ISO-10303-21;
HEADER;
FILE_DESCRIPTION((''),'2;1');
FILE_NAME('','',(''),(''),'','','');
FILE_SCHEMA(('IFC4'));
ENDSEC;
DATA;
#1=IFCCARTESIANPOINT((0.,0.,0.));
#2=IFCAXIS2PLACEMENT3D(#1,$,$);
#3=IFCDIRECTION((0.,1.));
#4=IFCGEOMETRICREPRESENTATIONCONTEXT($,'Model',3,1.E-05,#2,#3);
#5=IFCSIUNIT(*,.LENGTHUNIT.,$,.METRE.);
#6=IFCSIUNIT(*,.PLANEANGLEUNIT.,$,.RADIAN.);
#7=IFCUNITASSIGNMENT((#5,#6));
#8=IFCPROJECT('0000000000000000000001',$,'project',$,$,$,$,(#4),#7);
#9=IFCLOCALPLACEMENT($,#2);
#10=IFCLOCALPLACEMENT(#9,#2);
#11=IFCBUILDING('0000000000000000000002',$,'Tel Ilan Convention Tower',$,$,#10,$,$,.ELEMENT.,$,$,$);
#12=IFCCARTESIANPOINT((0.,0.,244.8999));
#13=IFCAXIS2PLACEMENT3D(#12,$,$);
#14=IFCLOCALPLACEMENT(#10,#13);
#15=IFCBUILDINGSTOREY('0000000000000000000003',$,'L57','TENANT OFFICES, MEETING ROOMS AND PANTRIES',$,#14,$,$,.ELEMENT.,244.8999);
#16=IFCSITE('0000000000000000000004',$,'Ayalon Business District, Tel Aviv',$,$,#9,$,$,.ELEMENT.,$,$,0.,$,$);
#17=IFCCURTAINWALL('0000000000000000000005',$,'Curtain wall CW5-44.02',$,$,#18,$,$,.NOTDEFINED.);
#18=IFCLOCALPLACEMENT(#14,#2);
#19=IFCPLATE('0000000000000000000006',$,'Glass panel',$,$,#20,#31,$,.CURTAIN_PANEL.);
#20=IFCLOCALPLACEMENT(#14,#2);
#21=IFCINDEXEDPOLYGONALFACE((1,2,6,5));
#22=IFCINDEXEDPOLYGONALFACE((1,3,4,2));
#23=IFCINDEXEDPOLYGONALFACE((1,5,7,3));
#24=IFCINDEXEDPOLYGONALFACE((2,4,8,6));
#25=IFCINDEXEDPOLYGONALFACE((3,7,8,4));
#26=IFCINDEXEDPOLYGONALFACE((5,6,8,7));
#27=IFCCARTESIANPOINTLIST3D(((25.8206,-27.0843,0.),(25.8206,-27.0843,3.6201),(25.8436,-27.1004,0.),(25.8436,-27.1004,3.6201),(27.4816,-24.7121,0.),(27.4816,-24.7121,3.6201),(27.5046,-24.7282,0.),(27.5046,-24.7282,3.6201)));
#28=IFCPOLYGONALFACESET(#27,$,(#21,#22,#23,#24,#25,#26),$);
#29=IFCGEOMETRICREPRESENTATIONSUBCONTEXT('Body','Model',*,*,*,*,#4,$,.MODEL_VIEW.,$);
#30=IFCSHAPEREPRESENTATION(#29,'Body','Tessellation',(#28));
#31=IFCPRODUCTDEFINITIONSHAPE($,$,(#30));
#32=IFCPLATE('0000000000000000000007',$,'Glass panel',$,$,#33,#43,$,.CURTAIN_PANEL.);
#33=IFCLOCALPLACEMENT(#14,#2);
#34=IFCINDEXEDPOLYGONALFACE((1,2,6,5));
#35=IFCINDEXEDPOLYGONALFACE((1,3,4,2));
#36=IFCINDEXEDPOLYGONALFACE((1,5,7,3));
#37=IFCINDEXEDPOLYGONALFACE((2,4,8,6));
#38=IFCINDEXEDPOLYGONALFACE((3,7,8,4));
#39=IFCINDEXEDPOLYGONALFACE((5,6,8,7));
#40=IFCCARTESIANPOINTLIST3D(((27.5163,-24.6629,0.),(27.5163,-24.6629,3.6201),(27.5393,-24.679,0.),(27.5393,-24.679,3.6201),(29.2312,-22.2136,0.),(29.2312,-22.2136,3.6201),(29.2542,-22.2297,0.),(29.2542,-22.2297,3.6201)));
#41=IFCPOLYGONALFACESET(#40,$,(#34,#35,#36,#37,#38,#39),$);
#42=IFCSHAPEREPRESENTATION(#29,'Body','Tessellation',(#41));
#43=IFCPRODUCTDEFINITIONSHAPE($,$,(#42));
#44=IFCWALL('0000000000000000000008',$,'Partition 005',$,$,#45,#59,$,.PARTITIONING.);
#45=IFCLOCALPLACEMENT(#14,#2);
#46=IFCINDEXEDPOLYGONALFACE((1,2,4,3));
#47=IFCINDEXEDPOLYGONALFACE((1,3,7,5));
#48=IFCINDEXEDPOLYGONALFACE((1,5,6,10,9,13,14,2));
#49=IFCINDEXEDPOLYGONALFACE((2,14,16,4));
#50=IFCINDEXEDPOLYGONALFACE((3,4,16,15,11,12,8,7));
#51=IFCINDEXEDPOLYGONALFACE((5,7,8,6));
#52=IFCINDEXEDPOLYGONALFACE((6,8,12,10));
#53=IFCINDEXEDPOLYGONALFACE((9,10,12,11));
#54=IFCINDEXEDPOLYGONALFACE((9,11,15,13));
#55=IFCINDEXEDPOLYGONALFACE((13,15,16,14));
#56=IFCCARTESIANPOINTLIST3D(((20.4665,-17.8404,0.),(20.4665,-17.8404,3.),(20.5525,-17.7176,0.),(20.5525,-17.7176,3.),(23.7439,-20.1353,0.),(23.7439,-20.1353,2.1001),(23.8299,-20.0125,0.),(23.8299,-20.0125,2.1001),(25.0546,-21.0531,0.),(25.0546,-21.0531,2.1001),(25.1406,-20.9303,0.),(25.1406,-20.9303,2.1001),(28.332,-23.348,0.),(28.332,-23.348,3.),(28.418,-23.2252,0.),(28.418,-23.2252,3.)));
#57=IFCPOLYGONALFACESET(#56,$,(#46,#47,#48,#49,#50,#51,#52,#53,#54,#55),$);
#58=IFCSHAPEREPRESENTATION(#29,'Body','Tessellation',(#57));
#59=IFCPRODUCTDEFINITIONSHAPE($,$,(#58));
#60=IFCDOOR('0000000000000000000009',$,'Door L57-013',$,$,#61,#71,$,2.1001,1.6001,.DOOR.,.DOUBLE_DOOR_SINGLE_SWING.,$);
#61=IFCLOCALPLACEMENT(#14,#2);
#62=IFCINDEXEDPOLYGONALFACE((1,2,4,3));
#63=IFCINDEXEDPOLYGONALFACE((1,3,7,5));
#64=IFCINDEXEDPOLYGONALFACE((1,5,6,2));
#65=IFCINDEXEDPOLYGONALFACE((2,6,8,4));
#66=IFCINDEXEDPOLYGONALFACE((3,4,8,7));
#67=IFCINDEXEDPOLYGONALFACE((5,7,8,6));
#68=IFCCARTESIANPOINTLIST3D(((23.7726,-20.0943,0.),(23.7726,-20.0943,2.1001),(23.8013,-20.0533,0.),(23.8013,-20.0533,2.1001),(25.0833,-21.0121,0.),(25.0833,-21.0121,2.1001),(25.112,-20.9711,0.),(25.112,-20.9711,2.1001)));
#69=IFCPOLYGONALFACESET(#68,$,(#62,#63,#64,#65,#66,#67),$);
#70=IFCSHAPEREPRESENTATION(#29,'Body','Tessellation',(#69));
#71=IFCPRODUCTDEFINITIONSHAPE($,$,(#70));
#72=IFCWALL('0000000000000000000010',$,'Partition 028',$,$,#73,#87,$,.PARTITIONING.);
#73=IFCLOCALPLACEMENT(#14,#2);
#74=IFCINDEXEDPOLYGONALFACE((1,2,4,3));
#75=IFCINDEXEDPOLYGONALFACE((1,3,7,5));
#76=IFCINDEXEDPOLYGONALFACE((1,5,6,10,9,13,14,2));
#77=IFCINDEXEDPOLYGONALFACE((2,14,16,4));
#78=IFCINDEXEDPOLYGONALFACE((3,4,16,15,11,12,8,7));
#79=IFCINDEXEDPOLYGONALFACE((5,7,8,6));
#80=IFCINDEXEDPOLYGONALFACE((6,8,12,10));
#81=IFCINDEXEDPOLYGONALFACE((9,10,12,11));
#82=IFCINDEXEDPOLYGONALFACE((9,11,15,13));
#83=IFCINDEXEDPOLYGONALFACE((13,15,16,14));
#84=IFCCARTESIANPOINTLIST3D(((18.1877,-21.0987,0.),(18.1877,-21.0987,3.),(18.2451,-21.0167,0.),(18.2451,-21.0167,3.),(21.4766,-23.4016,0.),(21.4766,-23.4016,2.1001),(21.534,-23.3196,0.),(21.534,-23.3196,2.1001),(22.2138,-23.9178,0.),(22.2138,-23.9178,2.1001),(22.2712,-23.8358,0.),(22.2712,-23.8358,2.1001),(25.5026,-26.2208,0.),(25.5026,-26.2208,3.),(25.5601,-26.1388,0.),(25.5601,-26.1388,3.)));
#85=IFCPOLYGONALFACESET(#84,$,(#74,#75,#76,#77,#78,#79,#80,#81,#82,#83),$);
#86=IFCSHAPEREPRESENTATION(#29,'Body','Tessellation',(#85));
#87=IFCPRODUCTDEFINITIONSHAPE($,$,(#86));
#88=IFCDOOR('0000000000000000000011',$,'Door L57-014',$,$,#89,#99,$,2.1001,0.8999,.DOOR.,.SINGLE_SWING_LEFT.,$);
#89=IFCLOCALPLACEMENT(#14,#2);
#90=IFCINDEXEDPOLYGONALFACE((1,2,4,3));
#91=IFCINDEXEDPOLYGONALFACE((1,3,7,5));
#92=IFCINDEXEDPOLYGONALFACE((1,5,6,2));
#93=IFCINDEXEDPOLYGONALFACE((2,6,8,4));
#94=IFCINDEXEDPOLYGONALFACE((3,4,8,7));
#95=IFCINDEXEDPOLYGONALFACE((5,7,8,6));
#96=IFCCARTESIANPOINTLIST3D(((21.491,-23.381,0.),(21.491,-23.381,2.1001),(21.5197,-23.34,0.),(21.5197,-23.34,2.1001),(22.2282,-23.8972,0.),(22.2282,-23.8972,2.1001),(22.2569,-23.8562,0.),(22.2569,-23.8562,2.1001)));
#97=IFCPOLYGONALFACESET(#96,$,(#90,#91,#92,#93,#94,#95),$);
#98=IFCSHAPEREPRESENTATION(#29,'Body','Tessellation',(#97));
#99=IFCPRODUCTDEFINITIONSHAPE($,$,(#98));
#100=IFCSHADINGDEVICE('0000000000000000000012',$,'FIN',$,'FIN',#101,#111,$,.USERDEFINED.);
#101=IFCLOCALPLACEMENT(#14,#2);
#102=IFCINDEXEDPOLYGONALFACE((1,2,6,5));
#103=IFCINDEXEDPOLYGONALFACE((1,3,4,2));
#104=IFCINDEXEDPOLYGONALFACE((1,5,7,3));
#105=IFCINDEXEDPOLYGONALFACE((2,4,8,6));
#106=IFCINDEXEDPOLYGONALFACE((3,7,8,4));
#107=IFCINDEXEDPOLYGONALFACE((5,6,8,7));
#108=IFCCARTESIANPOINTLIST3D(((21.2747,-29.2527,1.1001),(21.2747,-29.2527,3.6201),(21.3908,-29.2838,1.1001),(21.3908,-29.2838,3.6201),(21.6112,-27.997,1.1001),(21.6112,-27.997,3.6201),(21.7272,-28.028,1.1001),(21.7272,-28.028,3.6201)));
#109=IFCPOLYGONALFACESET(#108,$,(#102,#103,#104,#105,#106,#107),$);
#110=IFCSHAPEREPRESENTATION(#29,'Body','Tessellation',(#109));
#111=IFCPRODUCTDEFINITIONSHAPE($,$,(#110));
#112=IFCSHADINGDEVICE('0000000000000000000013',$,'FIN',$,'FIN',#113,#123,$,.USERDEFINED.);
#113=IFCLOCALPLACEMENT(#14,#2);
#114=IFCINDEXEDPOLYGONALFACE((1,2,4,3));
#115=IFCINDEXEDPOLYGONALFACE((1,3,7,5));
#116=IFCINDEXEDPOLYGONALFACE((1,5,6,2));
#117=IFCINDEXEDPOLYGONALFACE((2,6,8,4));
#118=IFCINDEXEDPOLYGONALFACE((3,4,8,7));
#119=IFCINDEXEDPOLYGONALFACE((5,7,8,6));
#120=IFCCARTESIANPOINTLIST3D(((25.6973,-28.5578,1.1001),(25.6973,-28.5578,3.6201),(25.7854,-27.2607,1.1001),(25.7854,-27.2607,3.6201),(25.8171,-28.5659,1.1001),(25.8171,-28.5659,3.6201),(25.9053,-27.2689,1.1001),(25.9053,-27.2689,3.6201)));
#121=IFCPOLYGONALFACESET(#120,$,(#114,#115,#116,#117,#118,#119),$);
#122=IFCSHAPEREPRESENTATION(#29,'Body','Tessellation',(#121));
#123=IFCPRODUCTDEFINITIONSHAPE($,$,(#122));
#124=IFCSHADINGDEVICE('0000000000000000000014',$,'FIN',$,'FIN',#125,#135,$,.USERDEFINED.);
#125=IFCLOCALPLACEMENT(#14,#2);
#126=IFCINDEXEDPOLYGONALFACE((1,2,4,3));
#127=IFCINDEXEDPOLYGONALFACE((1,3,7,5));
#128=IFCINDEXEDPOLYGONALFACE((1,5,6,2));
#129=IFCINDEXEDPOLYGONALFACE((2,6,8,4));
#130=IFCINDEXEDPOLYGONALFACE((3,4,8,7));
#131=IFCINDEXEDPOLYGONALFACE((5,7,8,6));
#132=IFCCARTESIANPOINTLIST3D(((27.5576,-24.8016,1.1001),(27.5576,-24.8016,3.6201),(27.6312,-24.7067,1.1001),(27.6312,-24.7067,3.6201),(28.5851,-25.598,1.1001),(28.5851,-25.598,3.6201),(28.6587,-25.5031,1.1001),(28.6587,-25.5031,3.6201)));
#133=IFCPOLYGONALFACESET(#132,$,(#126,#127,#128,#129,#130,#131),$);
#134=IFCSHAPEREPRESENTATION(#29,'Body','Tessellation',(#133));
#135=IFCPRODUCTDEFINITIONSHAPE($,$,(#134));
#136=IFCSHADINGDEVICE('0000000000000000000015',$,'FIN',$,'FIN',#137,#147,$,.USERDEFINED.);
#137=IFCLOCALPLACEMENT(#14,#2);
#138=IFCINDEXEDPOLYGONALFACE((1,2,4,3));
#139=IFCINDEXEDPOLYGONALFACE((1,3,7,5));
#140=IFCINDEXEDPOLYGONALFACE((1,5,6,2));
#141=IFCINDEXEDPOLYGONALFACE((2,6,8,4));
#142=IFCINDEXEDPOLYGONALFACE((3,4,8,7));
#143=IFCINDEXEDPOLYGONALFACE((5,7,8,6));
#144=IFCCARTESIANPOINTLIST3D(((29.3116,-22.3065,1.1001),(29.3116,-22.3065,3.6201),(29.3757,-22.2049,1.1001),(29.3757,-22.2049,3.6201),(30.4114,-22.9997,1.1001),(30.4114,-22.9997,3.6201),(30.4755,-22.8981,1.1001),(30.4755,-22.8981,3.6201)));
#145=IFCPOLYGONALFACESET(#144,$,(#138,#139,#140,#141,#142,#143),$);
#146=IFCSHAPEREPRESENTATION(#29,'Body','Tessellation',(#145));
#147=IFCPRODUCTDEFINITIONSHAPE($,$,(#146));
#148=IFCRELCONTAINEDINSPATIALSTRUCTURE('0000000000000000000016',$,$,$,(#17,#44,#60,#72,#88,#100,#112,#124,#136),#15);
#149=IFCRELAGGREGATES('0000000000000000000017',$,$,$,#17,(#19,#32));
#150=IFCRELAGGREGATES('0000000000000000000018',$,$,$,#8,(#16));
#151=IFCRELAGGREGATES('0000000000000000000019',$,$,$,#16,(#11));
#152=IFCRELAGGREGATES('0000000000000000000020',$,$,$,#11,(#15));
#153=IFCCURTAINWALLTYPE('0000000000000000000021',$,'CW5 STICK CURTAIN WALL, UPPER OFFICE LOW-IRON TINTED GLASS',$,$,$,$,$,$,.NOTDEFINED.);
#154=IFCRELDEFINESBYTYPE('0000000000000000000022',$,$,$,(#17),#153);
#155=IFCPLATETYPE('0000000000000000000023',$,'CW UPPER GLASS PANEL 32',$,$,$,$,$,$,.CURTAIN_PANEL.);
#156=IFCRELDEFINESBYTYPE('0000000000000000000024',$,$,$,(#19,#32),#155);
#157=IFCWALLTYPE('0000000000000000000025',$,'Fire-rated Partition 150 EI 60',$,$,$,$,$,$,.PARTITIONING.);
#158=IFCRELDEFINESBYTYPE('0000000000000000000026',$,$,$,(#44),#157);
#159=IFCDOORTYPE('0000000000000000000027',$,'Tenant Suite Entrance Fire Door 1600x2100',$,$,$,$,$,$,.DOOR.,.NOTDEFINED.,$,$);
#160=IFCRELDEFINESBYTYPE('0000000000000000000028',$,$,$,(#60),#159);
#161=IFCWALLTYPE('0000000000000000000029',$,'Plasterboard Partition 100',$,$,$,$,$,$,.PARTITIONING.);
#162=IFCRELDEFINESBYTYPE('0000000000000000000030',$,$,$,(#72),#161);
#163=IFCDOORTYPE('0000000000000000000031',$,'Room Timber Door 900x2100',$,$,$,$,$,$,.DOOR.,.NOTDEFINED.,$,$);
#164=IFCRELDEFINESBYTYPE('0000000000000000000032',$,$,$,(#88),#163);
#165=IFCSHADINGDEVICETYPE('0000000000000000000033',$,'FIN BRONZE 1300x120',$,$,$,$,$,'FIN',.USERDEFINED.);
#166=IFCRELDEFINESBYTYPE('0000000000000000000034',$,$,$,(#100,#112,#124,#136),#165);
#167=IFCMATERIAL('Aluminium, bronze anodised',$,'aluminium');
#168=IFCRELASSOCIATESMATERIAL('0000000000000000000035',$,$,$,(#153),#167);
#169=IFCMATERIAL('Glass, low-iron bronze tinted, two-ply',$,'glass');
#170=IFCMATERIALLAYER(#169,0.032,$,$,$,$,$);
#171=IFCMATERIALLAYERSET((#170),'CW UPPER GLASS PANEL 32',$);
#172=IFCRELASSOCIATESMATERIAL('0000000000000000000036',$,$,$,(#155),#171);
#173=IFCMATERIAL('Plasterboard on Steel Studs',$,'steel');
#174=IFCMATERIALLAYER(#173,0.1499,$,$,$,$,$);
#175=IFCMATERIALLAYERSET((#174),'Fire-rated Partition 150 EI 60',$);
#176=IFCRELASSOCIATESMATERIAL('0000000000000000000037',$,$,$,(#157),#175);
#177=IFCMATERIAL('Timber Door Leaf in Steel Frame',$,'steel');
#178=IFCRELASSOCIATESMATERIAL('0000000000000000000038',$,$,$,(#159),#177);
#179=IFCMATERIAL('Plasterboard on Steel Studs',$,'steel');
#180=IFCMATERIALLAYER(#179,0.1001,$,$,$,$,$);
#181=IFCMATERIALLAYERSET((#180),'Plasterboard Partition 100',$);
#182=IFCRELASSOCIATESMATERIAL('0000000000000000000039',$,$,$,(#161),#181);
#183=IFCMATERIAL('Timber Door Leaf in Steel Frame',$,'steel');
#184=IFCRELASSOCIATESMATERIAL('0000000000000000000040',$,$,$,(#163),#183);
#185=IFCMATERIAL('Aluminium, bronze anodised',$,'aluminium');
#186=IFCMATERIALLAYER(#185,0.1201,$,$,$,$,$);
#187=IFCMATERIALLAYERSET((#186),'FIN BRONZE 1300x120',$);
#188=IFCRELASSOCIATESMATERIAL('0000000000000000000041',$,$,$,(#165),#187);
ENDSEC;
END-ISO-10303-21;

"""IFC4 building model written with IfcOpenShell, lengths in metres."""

from ifc_helpers import new_model, si_unit, direction, frame, frame_2d, origin, origin_2d, place, context, subcontext, project, spatial, rectangle, extrude, material, layer, layer_set, type_object, element, fill, aggregate, save


model = new_model("IFC4")

# Units and contexts
model_context = context("Model", 3, precision=1e-05, world=origin(), true_north=direction((0.0, 1.0)))
body_context = subcontext(model_context, "Body", "Model", "MODEL_VIEW")
ifc_project = project(units=[si_unit("LENGTHUNIT", "METRE"), si_unit("PLANEANGLEUNIT", "RADIAN")], contexts=[model_context])

# Site, building, storey
site_placement = place(None, origin())
site = spatial("IfcSite", under=ifc_project, at=site_placement, Name="Ayalon Business District, Tel Aviv", CompositionType="ELEMENT", RefElevation=0.0)
building_placement = place(site_placement, origin())
building = spatial("IfcBuilding", under=site, at=building_placement, Name="Tel Ilan Convention Tower", CompositionType="ELEMENT")
storey_placement = place(building_placement, frame((0.0, 0.0, 244.8999)))
storey = spatial("IfcBuildingStorey", under=building, at=storey_placement, Name="L57", Description="TENANT OFFICES, MEETING ROOMS AND PANTRIES", CompositionType="ELEMENT", Elevation=244.8999)

# Curtain wall, plates
ifc_material_1 = material(Name="Aluminium, bronze anodised", Category="aluminium")
curtain_wall_type = type_object("IfcCurtainWallType", Name="CW5 STICK CURTAIN WALL, UPPER OFFICE LOW-IRON TINTED GLASS", PredefinedType="NOTDEFINED", material=ifc_material_1)
curtain_wall_placement = place(storey_placement, origin())
curtain_wall = element("IfcCurtainWall", 1, at=curtain_wall_placement, inside=storey, type_object=curtain_wall_type, Name="Curtain wall CW5-44.02", PredefinedType="NOTDEFINED")
ifc_material_2 = material(Name="Glass, low-iron bronze tinted, two-ply", Category="glass")
ifc_layer_1 = layer(ifc_material_2, 0.032)
ifc_layer_set_1 = layer_set([ifc_layer_1], Name="CW UPPER GLASS PANEL 32")
plate_type = type_object("IfcPlateType", Name="CW UPPER GLASS PANEL 32", PredefinedType="CURTAIN_PANEL", material=ifc_layer_set_1)
plate_1_placement = place(storey_placement, frame((26.6626, -25.9062, 0.0), z_axis=(0.0, 0.0, 1.0), x_axis=(0.573576, 0.819152, 0.0)))
plate_1 = element("IfcPlate", 2, at=plate_1_placement, type_object=plate_type, Name="Glass panel", PredefinedType="CURTAIN_PANEL", context=body_context, shape_type="SweptSolid", body=[
    extrude(rectangle(XDim=2.896, YDim=0.0281, at=origin_2d()), origin(), (0.0, 0.0, 1.0), 3.6201),
])
plate_2_placement = place(storey_placement, frame((28.3853, -23.4463, 0.0), z_axis=(0.0, 0.0, 1.0), x_axis=(0.573576, 0.819152, 0.0)))
plate_2 = element("IfcPlate", 3, at=plate_2_placement, type_object=plate_type, Name="Glass panel", PredefinedType="CURTAIN_PANEL", context=body_context, shape_type="SweptSolid", body=[
    extrude(rectangle(XDim=2.99, YDim=0.0281, at=origin_2d()), origin(), (0.0, 0.0, 1.0), 3.6201),
])
aggregate(curtain_wall, [plate_1, plate_2])

# Walls, openings, doors
ifc_material_3 = material(Name="Plasterboard on Steel Studs", Category="steel")
ifc_layer_2 = layer(ifc_material_3, 0.1499)
ifc_layer_set_2 = layer_set([ifc_layer_2], Name="Fire-rated Partition 150 EI 60")
wall_type_1 = type_object("IfcWallType", Name="Fire-rated Partition 150 EI 60", PredefinedType="PARTITIONING", material=ifc_layer_set_2)
wall_1_placement = place(storey_placement, frame((28.375, -23.2866, 0.0), z_axis=(0.0, 0.0, 1.0), x_axis=(-0.819147, 0.573583, 0.0)))
wall_1 = element("IfcWall", 4, at=wall_1_placement, inside=storey, type_object=wall_type_1, Name="Partition 005", PredefinedType="PARTITIONING", context=body_context, shape_type="SweptSolid", body=[
    extrude(rectangle(XDim=9.6021, YDim=0.1499, at=frame_2d((4.801, 0.0))), origin(), (0.0, 0.0, 1.0), 3.0),
])
opening_1_placement = place(wall_1_placement, frame((4.001, 0.0, 0.0)))
opening_1 = element("IfcOpeningElement", 5, at=opening_1_placement, cuts=wall_1, PredefinedType="OPENING", context=body_context, shape_type="SweptSolid", body=[
    extrude(rectangle(XDim=1.6001, YDim=2.1001, at=frame_2d((0.8, 1.05))), frame((0.0, 0.085, 0.0), z_axis=(0.0, -1.0, 0.0), x_axis=(1.0, 0.0, 0.0)), (0.0, 0.0, 1.0), 0.1699),
])
ifc_material_4 = material(Name="Timber Door Leaf in Steel Frame", Category="steel")
door_type_1 = type_object("IfcDoorType", Name="Tenant Suite Entrance Fire Door 1600x2100", OperationType="NOTDEFINED", PredefinedType="DOOR", material=ifc_material_4)
door_1_placement = place(opening_1_placement, origin())
door_1 = element("IfcDoor", 6, at=door_1_placement, inside=storey, type_object=door_type_1, Name="Door L57-013", OperationType="DOUBLE_DOOR_SINGLE_SWING", OverallHeight=2.1001, OverallWidth=1.6001, PredefinedType="DOOR", context=body_context, shape_type="SweptSolid", body=[
    extrude(rectangle(XDim=1.6001, YDim=2.1001, at=frame_2d((0.8, 1.05))), frame((0.0, 0.0249, 0.0), z_axis=(0.0, -1.0, 0.0), x_axis=(1.0, 0.0, 0.0)), (0.0, 0.0, 1.0), 0.05),
])
fill(opening_1, door_1)
ifc_material_5 = material(Name="Plasterboard on Steel Studs", Category="steel")
ifc_layer_3 = layer(ifc_material_5, 0.1001)
ifc_layer_set_3 = layer_set([ifc_layer_3], Name="Plasterboard Partition 100")
wall_type_2 = type_object("IfcWallType", Name="Plasterboard Partition 100", PredefinedType="PARTITIONING", material=ifc_layer_set_3)
wall_2_placement = place(storey_placement, frame((25.5312, -26.1797, 0.0), z_axis=(0.0, 0.0, 1.0), x_axis=(-0.819147, 0.573583, 0.0)))
wall_2 = element("IfcWall", 7, at=wall_2_placement, inside=storey, type_object=wall_type_2, Name="Partition 028", PredefinedType="PARTITIONING", context=body_context, shape_type="SweptSolid", body=[
    extrude(rectangle(XDim=8.9299, YDim=0.1001, at=frame_2d((4.4648, 0.0))), origin(), (0.0, 0.0, 1.0), 3.0),
])
opening_2_placement = place(wall_2_placement, frame((4.0149, 0.0, 0.0)))
opening_2 = element("IfcOpeningElement", 8, at=opening_2_placement, cuts=wall_2, PredefinedType="OPENING", context=body_context, shape_type="SweptSolid", body=[
    extrude(rectangle(XDim=0.8999, YDim=2.1001, at=frame_2d((0.45, 1.05))), frame((0.0, 0.0601, 0.0), z_axis=(0.0, -1.0, 0.0), x_axis=(1.0, 0.0, 0.0)), (0.0, 0.0, 1.0), 0.1201),
])
ifc_material_6 = material(Name="Timber Door Leaf in Steel Frame", Category="steel")
door_type_2 = type_object("IfcDoorType", Name="Room Timber Door 900x2100", OperationType="NOTDEFINED", PredefinedType="DOOR", material=ifc_material_6)
door_2_placement = place(opening_2_placement, origin())
door_2 = element("IfcDoor", 9, at=door_2_placement, inside=storey, type_object=door_type_2, Name="Door L57-014", OperationType="SINGLE_SWING_LEFT", OverallHeight=2.1001, OverallWidth=0.8999, PredefinedType="DOOR", context=body_context, shape_type="SweptSolid", body=[
    extrude(rectangle(XDim=0.8999, YDim=2.1001, at=frame_2d((0.45, 1.05))), frame((0.0, 0.0249, 0.0), z_axis=(0.0, -1.0, 0.0), x_axis=(1.0, 0.0, 0.0)), (0.0, 0.0, 1.0), 0.05),
])
fill(opening_2, door_2)

# Shading devices
ifc_material_7 = material(Name="Aluminium, bronze anodised", Category="aluminium")
ifc_layer_4 = layer(ifc_material_7, 0.1201)
ifc_layer_set_4 = layer_set([ifc_layer_4], Name="FIN BRONZE 1300x120")
shading_device_type = type_object("IfcShadingDeviceType", Name="FIN BRONZE 1300x120", ElementType="FIN", PredefinedType="USERDEFINED", material=ifc_layer_set_4)
for number, where, z_axis, x_axis, name in (
    (10, (21.501, -28.6404, 1.1001), (0.0, 0.0, 1.0), (-0.258819, -0.965926, 0.0), "FIN"),
    (11, (25.8013, -27.9133, 1.1001), (0.0, 0.0, 1.0), (-0.067822, -0.997697, 0.0), "FIN"),
    (12, (28.1082, -25.1523, 1.1001), (0.0, 0.0, 1.0), (0.790393, -0.612601, 0.0), "FIN"),
    (13, (29.8936, -22.6023, 1.1001), (0.0, 0.0, 1.0), (0.845986, -0.533204, 0.0), "FIN"),
):
    element("IfcShadingDevice", number, at=place(storey_placement, frame(where, z_axis=z_axis, x_axis=x_axis)), inside=storey, type_object=shading_device_type, Name=name, ObjectType="FIN", PredefinedType="USERDEFINED", context=body_context, shape_type="SweptSolid", body=[
        extrude(rectangle(XDim=1.3, YDim=0.1201, at=origin_2d()), origin(), (0.0, 0.0, 1.0), 2.52),
    ])

save(model, "model.ifc")
